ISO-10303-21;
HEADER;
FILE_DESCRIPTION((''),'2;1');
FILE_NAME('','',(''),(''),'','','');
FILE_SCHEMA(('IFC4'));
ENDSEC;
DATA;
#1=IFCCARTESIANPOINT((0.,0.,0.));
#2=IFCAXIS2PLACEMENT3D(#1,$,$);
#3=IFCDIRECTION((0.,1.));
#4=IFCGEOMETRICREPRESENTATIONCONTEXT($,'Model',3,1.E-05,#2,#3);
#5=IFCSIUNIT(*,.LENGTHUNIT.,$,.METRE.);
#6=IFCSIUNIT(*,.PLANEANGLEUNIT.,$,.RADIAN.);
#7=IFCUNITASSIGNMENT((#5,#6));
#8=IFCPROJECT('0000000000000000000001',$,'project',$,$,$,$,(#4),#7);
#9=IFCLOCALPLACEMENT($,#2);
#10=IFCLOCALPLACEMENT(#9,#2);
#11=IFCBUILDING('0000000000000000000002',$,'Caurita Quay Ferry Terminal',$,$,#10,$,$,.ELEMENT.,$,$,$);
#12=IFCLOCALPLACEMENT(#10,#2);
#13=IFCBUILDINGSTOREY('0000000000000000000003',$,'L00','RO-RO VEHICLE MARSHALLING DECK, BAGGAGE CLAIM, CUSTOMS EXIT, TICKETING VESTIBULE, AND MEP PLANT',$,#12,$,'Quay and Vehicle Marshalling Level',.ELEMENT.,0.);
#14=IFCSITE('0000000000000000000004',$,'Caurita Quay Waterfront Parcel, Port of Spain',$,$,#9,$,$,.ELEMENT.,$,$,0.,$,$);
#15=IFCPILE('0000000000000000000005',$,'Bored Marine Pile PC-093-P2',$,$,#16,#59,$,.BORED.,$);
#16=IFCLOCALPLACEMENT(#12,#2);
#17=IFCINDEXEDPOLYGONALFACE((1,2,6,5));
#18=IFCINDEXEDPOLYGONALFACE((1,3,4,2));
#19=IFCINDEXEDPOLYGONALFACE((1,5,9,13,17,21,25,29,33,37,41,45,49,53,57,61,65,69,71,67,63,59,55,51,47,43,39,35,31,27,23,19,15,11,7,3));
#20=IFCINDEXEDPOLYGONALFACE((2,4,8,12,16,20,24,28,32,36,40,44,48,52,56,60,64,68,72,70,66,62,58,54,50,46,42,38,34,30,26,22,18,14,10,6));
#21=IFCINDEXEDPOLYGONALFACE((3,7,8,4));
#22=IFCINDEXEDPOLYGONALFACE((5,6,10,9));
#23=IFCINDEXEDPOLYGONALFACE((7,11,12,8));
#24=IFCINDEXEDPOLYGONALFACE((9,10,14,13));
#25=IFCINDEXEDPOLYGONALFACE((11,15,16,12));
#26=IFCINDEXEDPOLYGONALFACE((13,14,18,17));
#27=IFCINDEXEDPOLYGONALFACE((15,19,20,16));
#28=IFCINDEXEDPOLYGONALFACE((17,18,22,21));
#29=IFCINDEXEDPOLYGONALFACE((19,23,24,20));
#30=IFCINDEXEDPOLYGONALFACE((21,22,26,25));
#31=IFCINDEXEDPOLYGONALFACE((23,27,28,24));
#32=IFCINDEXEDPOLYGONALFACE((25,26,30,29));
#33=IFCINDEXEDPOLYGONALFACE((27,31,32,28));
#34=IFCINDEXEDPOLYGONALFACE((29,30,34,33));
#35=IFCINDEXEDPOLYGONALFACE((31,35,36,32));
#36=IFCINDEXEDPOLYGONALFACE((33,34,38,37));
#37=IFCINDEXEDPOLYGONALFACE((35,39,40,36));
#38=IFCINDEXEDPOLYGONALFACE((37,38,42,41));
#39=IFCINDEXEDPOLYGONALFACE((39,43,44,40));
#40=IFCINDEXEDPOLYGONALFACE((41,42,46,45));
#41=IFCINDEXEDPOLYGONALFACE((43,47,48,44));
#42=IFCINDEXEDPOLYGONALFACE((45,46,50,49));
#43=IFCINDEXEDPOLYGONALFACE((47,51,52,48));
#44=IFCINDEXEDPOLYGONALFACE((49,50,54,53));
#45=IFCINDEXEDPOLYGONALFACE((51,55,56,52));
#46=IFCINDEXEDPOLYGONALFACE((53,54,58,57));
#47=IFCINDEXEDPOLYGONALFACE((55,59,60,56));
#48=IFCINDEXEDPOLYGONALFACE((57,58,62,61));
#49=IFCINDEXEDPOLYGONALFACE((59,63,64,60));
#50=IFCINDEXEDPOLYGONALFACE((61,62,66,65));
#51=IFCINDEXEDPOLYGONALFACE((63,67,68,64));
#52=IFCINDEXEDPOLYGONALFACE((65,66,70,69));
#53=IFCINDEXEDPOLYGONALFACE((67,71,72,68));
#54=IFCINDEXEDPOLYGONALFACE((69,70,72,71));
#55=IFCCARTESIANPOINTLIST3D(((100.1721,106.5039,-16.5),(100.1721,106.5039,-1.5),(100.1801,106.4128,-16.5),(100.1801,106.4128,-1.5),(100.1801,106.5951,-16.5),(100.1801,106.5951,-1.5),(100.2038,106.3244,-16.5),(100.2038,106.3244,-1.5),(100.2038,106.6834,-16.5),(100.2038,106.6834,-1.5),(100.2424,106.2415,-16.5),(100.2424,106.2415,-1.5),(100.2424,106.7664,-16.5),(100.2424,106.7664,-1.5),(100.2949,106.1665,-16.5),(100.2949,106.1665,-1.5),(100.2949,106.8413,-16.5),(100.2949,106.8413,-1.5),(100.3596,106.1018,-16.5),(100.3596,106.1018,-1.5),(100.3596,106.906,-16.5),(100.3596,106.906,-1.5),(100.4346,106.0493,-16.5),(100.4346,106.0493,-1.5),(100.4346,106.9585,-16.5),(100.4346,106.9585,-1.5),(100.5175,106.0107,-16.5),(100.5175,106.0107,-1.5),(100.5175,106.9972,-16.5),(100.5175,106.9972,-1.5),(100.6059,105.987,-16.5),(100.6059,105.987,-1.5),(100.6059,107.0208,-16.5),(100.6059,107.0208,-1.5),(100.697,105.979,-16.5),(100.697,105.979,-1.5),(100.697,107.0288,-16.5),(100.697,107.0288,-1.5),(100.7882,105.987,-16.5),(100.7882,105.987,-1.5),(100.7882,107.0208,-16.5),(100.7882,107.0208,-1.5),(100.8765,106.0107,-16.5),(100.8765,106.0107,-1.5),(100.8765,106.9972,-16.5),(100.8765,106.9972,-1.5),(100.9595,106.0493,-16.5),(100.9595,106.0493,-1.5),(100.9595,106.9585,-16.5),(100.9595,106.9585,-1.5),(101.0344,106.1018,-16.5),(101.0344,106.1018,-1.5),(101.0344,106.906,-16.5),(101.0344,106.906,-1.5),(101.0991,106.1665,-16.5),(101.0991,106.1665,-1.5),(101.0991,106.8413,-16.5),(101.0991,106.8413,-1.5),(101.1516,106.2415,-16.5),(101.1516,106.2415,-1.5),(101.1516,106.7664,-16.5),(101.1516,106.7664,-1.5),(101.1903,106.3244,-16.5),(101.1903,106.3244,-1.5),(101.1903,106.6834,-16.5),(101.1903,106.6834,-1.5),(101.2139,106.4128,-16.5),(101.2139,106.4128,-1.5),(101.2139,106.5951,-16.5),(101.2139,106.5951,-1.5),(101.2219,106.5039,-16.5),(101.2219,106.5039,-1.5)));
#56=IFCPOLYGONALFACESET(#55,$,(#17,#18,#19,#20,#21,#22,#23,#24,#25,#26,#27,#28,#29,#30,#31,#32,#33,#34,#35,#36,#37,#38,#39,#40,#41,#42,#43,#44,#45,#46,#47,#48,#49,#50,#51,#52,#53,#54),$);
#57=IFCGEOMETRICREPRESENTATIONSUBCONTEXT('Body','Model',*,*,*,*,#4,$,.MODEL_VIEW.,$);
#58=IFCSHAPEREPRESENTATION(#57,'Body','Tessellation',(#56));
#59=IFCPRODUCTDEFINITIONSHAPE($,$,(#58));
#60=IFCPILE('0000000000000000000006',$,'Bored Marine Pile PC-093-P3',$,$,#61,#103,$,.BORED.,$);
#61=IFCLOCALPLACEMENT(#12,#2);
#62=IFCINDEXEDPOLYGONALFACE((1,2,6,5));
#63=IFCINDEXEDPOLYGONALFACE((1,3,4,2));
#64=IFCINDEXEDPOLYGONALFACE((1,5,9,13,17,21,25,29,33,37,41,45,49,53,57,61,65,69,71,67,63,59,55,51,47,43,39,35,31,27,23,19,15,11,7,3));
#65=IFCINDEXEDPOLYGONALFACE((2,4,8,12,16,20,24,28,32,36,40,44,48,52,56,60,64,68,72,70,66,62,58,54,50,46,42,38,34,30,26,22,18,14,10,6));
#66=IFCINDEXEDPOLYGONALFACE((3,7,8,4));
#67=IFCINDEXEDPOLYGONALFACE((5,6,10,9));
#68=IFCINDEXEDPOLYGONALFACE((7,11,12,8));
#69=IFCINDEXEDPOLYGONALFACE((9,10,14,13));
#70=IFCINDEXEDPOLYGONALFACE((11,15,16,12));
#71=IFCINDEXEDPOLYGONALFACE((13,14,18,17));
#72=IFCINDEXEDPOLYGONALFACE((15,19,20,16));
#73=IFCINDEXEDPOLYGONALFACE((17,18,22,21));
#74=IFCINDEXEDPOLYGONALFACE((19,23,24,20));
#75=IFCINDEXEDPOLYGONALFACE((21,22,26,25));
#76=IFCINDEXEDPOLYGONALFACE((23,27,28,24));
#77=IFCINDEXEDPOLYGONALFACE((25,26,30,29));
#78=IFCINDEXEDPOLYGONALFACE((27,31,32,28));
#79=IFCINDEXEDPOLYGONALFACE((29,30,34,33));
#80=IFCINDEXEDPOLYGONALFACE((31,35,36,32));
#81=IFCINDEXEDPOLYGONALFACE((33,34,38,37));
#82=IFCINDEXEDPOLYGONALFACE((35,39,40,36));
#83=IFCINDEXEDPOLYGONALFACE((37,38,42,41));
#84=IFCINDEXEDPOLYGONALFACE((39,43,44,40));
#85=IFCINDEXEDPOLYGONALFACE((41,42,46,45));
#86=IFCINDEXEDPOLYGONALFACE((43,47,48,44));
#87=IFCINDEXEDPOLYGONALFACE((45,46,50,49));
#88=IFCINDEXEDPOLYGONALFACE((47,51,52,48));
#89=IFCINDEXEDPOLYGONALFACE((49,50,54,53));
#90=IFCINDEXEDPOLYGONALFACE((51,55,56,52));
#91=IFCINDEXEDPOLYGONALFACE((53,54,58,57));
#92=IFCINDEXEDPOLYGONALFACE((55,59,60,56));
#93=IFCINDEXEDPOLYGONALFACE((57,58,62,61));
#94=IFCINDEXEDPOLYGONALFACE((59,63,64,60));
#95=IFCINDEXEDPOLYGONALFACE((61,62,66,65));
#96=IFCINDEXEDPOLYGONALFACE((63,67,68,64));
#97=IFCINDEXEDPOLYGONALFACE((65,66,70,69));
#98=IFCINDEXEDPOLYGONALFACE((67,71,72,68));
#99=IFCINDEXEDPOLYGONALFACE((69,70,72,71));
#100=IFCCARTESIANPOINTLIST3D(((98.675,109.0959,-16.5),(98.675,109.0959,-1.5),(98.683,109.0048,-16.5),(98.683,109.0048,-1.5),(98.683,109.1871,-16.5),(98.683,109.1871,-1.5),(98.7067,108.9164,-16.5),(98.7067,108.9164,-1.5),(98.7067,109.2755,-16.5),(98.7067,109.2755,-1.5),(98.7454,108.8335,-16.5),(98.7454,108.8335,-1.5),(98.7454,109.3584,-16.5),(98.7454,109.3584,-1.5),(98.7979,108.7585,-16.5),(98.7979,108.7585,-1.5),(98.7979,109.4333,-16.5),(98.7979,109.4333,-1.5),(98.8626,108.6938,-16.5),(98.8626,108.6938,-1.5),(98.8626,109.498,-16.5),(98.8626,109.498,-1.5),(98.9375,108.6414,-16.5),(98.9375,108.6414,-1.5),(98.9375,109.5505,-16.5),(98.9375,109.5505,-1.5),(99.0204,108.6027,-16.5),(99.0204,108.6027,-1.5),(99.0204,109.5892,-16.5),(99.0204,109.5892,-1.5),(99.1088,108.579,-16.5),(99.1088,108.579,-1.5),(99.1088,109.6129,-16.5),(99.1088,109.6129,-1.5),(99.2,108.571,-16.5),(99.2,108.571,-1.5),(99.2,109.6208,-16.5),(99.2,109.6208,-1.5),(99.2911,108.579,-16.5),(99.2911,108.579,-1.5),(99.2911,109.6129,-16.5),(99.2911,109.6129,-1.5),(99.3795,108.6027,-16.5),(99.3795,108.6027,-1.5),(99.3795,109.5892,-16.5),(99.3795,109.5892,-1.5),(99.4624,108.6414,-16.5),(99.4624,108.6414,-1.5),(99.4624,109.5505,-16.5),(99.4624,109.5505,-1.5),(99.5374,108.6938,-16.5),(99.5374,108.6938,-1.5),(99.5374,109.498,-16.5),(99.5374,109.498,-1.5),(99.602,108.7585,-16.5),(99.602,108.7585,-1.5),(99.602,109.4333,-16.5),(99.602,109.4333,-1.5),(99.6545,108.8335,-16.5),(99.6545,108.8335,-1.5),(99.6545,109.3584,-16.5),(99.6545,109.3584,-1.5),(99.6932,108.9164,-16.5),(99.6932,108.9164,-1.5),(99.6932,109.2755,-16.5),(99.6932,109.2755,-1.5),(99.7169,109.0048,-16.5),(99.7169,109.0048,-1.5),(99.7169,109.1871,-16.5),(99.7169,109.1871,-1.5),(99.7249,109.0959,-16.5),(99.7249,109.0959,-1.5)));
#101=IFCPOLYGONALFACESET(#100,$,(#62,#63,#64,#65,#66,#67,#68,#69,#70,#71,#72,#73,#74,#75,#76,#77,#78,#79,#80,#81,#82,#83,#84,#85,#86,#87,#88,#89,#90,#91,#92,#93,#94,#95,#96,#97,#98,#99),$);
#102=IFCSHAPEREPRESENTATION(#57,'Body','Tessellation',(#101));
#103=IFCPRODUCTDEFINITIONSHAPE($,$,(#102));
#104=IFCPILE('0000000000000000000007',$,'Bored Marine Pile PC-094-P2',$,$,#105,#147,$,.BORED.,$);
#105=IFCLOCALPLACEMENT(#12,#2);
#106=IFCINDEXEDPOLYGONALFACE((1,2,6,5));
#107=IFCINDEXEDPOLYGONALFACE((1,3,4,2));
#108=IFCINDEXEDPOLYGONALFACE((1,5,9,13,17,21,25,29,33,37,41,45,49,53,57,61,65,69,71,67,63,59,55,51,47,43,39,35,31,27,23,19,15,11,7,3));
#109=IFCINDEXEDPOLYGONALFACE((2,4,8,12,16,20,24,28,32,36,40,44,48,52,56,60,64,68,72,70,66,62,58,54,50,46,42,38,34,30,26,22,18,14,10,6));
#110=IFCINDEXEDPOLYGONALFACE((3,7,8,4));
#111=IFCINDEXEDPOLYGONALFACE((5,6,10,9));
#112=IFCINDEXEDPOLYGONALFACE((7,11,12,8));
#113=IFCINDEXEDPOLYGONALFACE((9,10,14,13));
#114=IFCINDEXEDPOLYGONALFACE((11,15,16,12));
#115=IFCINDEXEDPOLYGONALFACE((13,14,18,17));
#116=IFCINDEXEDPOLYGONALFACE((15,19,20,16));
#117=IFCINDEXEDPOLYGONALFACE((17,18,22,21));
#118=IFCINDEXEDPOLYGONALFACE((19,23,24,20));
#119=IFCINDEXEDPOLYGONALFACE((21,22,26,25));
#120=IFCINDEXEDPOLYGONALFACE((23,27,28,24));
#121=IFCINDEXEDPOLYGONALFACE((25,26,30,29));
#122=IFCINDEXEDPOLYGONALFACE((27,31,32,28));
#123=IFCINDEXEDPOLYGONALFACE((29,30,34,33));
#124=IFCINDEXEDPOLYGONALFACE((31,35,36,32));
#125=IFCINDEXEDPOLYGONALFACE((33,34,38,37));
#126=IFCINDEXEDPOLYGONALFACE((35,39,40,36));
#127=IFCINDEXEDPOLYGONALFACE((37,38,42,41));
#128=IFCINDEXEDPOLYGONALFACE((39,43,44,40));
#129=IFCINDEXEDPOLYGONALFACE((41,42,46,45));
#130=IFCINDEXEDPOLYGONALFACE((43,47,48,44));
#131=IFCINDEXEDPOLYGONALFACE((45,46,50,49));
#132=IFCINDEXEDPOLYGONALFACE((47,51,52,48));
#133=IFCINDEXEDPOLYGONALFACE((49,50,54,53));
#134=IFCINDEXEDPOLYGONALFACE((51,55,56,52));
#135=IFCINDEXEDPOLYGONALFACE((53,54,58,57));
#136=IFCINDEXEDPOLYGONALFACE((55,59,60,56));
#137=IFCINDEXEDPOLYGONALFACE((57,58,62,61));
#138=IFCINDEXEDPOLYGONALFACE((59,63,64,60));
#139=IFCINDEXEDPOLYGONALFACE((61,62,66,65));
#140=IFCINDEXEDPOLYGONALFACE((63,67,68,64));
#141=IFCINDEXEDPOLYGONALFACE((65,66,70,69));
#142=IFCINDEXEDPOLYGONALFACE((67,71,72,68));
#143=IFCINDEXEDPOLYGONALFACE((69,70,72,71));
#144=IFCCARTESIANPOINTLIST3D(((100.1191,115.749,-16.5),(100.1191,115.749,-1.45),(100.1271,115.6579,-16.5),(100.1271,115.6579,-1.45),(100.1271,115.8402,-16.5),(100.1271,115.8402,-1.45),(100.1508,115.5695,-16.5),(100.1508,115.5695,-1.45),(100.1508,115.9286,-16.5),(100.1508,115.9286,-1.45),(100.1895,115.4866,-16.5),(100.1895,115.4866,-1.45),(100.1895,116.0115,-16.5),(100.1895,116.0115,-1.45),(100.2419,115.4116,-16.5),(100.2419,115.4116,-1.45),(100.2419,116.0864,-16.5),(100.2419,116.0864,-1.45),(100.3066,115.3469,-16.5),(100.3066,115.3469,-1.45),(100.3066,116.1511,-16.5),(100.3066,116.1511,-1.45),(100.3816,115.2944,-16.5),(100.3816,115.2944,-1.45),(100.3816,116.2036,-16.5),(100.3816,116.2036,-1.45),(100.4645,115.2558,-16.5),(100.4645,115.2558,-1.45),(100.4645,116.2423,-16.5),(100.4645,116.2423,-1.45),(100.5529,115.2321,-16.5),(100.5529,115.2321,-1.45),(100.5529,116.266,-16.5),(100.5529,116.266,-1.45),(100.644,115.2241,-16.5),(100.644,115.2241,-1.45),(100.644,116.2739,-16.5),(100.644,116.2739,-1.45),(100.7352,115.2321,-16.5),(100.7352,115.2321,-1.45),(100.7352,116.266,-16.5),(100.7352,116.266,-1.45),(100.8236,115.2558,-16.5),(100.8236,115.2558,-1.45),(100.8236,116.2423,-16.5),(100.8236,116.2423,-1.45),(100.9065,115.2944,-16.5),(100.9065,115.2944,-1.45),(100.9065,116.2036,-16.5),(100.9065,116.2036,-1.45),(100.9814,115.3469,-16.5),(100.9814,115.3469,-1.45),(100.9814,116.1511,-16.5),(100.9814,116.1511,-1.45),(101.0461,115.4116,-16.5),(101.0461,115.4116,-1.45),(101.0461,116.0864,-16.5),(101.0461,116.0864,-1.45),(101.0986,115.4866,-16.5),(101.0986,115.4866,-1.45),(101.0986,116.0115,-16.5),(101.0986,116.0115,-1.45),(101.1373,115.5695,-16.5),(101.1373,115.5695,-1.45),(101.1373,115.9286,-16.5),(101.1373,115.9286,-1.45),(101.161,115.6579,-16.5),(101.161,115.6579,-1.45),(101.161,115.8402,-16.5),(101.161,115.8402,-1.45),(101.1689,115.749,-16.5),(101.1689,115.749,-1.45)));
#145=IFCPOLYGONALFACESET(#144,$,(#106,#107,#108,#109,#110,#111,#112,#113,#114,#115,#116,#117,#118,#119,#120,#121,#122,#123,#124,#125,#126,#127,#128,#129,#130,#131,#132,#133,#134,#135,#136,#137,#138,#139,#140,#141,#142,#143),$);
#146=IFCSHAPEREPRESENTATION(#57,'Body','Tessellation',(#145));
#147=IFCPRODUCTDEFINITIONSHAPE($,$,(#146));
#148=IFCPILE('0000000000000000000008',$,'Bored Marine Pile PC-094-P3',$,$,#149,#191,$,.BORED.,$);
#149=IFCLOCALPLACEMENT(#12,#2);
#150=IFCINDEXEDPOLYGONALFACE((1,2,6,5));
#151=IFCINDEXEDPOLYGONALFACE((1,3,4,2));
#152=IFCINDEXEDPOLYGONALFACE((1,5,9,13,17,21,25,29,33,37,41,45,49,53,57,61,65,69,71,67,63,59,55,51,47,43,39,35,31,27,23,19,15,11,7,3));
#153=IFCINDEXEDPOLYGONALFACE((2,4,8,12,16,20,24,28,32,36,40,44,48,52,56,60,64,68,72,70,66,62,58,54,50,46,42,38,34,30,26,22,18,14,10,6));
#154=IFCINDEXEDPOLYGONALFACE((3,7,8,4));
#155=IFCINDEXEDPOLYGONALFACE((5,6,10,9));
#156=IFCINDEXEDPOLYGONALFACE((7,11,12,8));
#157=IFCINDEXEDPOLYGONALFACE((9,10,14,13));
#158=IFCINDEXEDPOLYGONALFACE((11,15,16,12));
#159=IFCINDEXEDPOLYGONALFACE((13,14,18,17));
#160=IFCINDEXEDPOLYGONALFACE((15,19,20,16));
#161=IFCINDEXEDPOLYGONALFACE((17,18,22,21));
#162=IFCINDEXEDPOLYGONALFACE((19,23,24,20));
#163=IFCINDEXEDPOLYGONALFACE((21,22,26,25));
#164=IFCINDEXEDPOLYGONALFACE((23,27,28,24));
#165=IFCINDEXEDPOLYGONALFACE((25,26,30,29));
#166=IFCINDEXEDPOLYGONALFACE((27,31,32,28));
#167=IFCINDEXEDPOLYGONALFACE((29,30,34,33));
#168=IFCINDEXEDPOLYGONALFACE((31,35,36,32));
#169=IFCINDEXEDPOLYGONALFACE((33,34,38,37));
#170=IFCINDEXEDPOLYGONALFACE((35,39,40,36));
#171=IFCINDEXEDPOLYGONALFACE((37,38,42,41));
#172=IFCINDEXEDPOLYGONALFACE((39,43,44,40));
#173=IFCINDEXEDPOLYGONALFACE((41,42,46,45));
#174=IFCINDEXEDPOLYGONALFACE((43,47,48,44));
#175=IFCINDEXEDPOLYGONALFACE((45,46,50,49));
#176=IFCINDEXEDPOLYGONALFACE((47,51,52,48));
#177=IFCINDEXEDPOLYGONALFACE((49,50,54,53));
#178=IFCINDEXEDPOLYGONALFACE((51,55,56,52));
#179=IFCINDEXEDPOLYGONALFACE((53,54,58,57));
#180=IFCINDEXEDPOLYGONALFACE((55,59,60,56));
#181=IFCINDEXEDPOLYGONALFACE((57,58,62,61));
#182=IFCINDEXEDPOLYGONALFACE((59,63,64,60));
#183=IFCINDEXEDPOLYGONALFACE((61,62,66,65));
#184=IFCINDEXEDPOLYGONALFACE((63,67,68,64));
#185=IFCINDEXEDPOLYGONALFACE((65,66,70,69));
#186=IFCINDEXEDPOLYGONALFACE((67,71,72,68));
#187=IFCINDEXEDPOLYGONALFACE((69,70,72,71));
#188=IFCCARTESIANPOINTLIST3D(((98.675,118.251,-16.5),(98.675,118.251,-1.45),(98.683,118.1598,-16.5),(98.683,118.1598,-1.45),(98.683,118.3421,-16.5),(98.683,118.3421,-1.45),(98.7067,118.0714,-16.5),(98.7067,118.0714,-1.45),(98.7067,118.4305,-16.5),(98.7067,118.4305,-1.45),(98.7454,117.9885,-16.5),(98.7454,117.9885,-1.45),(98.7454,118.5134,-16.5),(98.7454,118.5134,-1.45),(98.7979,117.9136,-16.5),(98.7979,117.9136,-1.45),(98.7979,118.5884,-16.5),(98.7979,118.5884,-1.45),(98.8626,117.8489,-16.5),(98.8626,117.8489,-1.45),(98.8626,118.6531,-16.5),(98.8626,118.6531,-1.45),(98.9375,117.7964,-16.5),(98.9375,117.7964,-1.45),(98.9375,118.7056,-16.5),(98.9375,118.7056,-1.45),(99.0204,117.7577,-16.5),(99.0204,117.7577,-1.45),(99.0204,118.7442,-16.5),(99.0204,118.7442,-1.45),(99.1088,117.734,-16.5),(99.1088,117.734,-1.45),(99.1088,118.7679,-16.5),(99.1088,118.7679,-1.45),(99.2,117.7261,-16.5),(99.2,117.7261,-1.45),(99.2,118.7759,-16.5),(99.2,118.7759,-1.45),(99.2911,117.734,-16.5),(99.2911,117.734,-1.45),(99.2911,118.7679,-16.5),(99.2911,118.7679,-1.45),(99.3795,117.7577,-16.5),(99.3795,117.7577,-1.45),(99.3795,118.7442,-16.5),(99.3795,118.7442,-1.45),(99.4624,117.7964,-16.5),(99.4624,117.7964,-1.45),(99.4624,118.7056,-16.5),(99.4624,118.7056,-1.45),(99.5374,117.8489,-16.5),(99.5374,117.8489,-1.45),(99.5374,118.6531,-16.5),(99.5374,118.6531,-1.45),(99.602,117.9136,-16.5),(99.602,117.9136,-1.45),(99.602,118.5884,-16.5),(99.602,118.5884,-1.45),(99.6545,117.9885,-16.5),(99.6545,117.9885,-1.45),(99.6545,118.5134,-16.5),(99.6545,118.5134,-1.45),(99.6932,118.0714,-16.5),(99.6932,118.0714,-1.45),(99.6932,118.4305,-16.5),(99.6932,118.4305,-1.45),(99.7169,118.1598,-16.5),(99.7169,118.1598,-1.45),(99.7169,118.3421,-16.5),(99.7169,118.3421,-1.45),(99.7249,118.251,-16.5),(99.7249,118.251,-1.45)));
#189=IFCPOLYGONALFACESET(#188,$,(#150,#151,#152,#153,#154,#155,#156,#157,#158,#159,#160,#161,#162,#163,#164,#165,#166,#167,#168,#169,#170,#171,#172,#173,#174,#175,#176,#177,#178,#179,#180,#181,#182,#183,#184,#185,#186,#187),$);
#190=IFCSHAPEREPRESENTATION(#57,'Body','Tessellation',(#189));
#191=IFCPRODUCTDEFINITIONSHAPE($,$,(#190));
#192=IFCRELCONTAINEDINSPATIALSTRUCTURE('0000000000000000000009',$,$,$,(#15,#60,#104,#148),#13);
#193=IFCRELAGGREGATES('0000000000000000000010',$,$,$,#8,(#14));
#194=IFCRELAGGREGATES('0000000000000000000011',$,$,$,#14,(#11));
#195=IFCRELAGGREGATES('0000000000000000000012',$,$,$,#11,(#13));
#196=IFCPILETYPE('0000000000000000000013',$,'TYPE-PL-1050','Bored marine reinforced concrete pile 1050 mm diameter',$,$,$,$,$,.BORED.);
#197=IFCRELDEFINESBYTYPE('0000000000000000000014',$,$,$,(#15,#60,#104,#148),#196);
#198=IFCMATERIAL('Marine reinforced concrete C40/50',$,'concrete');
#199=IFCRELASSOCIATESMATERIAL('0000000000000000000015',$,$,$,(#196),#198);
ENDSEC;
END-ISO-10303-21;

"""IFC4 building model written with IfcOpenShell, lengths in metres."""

from ifc_helpers import new_model, si_unit, direction, frame, origin, origin_2d, place, context, subcontext, project, spatial, circle, extrude, material, material_profile, profile_set, type_object, element, save


model = new_model("IFC4")

# Units and contexts
model_context = context("Model", 3, precision=1e-05, world=origin(), true_north=direction((0.0, 1.0)))
body_context = subcontext(model_context, "Body", "Model", "MODEL_VIEW")
ifc_project = project(units=[si_unit("LENGTHUNIT", "METRE"), si_unit("PLANEANGLEUNIT", "RADIAN")], contexts=[model_context])

# Site, building, storey
site_placement = place(None, origin())
site = spatial("IfcSite", under=ifc_project, at=site_placement, Name="Caurita Quay Waterfront Parcel, Port of Spain", CompositionType="ELEMENT", RefElevation=0.0)
building_placement = place(site_placement, origin())
building = spatial("IfcBuilding", under=site, at=building_placement, Name="Caurita Quay Ferry Terminal", CompositionType="ELEMENT")
storey_placement = place(building_placement, origin())
storey = spatial("IfcBuildingStorey", under=building, at=storey_placement, Name="L00", Description="RO-RO VEHICLE MARSHALLING DECK, BAGGAGE CLAIM, CUSTOMS EXIT, TICKETING VESTIBULE, AND MEP PLANT", LongName="Quay and Vehicle Marshalling Level", CompositionType="ELEMENT", Elevation=0.0)

# Piles
ifc_material_1 = material(Name="Marine reinforced concrete C40/50", Category="concrete")
ifc_material_profile_1 = material_profile(ifc_material_1, circle(Radius=0.5249, at=origin_2d()), Name="PILE-D1050")
ifc_profile_set_1 = profile_set([ifc_material_profile_1], Name="Marine reinforced concrete C40/50")
pile_type = type_object("IfcPileType", Name="TYPE-PL-1050", Description="Bored marine reinforced concrete pile 1050 mm diameter", PredefinedType="BORED", material=ifc_profile_set_1)
for number, where, z_axis, x_axis, name in (
    (1, (100.697, 106.5039, -1.5), (0.0, 0.0, -1.0), (1.0, 0.0, 0.0), "Bored Marine Pile PC-093-P2"),
    (2, (99.2, 109.0959, -1.5), (0.0, 0.0, -1.0), (1.0, 0.0, 0.0), "Bored Marine Pile PC-093-P3"),
):
    element("IfcPile", number, at=place(storey_placement, frame(where, z_axis=z_axis, x_axis=x_axis)), inside=storey, type_object=pile_type, Name=name, PredefinedType="BORED", context=body_context, shape_type="SweptSolid", body=[
        extrude(circle(Radius=0.5249, at=origin_2d()), origin(), (0.0, 0.0, 1.0), 15.0),
    ])
for number, where, z_axis, x_axis, name in (
    (3, (100.644, 115.749, -1.45), (0.0, 0.0, -1.0), (1.0, 0.0, 0.0), "Bored Marine Pile PC-094-P2"),
    (4, (99.2, 118.251, -1.45), (0.0, 0.0, -1.0), (1.0, 0.0, 0.0), "Bored Marine Pile PC-094-P3"),
):
    element("IfcPile", number, at=place(storey_placement, frame(where, z_axis=z_axis, x_axis=x_axis)), inside=storey, type_object=pile_type, Name=name, PredefinedType="BORED", context=body_context, shape_type="SweptSolid", body=[
        extrude(circle(Radius=0.5249, at=origin_2d()), origin(), (0.0, 0.0, 1.0), 15.05),
    ])

save(model, "model.ifc")
